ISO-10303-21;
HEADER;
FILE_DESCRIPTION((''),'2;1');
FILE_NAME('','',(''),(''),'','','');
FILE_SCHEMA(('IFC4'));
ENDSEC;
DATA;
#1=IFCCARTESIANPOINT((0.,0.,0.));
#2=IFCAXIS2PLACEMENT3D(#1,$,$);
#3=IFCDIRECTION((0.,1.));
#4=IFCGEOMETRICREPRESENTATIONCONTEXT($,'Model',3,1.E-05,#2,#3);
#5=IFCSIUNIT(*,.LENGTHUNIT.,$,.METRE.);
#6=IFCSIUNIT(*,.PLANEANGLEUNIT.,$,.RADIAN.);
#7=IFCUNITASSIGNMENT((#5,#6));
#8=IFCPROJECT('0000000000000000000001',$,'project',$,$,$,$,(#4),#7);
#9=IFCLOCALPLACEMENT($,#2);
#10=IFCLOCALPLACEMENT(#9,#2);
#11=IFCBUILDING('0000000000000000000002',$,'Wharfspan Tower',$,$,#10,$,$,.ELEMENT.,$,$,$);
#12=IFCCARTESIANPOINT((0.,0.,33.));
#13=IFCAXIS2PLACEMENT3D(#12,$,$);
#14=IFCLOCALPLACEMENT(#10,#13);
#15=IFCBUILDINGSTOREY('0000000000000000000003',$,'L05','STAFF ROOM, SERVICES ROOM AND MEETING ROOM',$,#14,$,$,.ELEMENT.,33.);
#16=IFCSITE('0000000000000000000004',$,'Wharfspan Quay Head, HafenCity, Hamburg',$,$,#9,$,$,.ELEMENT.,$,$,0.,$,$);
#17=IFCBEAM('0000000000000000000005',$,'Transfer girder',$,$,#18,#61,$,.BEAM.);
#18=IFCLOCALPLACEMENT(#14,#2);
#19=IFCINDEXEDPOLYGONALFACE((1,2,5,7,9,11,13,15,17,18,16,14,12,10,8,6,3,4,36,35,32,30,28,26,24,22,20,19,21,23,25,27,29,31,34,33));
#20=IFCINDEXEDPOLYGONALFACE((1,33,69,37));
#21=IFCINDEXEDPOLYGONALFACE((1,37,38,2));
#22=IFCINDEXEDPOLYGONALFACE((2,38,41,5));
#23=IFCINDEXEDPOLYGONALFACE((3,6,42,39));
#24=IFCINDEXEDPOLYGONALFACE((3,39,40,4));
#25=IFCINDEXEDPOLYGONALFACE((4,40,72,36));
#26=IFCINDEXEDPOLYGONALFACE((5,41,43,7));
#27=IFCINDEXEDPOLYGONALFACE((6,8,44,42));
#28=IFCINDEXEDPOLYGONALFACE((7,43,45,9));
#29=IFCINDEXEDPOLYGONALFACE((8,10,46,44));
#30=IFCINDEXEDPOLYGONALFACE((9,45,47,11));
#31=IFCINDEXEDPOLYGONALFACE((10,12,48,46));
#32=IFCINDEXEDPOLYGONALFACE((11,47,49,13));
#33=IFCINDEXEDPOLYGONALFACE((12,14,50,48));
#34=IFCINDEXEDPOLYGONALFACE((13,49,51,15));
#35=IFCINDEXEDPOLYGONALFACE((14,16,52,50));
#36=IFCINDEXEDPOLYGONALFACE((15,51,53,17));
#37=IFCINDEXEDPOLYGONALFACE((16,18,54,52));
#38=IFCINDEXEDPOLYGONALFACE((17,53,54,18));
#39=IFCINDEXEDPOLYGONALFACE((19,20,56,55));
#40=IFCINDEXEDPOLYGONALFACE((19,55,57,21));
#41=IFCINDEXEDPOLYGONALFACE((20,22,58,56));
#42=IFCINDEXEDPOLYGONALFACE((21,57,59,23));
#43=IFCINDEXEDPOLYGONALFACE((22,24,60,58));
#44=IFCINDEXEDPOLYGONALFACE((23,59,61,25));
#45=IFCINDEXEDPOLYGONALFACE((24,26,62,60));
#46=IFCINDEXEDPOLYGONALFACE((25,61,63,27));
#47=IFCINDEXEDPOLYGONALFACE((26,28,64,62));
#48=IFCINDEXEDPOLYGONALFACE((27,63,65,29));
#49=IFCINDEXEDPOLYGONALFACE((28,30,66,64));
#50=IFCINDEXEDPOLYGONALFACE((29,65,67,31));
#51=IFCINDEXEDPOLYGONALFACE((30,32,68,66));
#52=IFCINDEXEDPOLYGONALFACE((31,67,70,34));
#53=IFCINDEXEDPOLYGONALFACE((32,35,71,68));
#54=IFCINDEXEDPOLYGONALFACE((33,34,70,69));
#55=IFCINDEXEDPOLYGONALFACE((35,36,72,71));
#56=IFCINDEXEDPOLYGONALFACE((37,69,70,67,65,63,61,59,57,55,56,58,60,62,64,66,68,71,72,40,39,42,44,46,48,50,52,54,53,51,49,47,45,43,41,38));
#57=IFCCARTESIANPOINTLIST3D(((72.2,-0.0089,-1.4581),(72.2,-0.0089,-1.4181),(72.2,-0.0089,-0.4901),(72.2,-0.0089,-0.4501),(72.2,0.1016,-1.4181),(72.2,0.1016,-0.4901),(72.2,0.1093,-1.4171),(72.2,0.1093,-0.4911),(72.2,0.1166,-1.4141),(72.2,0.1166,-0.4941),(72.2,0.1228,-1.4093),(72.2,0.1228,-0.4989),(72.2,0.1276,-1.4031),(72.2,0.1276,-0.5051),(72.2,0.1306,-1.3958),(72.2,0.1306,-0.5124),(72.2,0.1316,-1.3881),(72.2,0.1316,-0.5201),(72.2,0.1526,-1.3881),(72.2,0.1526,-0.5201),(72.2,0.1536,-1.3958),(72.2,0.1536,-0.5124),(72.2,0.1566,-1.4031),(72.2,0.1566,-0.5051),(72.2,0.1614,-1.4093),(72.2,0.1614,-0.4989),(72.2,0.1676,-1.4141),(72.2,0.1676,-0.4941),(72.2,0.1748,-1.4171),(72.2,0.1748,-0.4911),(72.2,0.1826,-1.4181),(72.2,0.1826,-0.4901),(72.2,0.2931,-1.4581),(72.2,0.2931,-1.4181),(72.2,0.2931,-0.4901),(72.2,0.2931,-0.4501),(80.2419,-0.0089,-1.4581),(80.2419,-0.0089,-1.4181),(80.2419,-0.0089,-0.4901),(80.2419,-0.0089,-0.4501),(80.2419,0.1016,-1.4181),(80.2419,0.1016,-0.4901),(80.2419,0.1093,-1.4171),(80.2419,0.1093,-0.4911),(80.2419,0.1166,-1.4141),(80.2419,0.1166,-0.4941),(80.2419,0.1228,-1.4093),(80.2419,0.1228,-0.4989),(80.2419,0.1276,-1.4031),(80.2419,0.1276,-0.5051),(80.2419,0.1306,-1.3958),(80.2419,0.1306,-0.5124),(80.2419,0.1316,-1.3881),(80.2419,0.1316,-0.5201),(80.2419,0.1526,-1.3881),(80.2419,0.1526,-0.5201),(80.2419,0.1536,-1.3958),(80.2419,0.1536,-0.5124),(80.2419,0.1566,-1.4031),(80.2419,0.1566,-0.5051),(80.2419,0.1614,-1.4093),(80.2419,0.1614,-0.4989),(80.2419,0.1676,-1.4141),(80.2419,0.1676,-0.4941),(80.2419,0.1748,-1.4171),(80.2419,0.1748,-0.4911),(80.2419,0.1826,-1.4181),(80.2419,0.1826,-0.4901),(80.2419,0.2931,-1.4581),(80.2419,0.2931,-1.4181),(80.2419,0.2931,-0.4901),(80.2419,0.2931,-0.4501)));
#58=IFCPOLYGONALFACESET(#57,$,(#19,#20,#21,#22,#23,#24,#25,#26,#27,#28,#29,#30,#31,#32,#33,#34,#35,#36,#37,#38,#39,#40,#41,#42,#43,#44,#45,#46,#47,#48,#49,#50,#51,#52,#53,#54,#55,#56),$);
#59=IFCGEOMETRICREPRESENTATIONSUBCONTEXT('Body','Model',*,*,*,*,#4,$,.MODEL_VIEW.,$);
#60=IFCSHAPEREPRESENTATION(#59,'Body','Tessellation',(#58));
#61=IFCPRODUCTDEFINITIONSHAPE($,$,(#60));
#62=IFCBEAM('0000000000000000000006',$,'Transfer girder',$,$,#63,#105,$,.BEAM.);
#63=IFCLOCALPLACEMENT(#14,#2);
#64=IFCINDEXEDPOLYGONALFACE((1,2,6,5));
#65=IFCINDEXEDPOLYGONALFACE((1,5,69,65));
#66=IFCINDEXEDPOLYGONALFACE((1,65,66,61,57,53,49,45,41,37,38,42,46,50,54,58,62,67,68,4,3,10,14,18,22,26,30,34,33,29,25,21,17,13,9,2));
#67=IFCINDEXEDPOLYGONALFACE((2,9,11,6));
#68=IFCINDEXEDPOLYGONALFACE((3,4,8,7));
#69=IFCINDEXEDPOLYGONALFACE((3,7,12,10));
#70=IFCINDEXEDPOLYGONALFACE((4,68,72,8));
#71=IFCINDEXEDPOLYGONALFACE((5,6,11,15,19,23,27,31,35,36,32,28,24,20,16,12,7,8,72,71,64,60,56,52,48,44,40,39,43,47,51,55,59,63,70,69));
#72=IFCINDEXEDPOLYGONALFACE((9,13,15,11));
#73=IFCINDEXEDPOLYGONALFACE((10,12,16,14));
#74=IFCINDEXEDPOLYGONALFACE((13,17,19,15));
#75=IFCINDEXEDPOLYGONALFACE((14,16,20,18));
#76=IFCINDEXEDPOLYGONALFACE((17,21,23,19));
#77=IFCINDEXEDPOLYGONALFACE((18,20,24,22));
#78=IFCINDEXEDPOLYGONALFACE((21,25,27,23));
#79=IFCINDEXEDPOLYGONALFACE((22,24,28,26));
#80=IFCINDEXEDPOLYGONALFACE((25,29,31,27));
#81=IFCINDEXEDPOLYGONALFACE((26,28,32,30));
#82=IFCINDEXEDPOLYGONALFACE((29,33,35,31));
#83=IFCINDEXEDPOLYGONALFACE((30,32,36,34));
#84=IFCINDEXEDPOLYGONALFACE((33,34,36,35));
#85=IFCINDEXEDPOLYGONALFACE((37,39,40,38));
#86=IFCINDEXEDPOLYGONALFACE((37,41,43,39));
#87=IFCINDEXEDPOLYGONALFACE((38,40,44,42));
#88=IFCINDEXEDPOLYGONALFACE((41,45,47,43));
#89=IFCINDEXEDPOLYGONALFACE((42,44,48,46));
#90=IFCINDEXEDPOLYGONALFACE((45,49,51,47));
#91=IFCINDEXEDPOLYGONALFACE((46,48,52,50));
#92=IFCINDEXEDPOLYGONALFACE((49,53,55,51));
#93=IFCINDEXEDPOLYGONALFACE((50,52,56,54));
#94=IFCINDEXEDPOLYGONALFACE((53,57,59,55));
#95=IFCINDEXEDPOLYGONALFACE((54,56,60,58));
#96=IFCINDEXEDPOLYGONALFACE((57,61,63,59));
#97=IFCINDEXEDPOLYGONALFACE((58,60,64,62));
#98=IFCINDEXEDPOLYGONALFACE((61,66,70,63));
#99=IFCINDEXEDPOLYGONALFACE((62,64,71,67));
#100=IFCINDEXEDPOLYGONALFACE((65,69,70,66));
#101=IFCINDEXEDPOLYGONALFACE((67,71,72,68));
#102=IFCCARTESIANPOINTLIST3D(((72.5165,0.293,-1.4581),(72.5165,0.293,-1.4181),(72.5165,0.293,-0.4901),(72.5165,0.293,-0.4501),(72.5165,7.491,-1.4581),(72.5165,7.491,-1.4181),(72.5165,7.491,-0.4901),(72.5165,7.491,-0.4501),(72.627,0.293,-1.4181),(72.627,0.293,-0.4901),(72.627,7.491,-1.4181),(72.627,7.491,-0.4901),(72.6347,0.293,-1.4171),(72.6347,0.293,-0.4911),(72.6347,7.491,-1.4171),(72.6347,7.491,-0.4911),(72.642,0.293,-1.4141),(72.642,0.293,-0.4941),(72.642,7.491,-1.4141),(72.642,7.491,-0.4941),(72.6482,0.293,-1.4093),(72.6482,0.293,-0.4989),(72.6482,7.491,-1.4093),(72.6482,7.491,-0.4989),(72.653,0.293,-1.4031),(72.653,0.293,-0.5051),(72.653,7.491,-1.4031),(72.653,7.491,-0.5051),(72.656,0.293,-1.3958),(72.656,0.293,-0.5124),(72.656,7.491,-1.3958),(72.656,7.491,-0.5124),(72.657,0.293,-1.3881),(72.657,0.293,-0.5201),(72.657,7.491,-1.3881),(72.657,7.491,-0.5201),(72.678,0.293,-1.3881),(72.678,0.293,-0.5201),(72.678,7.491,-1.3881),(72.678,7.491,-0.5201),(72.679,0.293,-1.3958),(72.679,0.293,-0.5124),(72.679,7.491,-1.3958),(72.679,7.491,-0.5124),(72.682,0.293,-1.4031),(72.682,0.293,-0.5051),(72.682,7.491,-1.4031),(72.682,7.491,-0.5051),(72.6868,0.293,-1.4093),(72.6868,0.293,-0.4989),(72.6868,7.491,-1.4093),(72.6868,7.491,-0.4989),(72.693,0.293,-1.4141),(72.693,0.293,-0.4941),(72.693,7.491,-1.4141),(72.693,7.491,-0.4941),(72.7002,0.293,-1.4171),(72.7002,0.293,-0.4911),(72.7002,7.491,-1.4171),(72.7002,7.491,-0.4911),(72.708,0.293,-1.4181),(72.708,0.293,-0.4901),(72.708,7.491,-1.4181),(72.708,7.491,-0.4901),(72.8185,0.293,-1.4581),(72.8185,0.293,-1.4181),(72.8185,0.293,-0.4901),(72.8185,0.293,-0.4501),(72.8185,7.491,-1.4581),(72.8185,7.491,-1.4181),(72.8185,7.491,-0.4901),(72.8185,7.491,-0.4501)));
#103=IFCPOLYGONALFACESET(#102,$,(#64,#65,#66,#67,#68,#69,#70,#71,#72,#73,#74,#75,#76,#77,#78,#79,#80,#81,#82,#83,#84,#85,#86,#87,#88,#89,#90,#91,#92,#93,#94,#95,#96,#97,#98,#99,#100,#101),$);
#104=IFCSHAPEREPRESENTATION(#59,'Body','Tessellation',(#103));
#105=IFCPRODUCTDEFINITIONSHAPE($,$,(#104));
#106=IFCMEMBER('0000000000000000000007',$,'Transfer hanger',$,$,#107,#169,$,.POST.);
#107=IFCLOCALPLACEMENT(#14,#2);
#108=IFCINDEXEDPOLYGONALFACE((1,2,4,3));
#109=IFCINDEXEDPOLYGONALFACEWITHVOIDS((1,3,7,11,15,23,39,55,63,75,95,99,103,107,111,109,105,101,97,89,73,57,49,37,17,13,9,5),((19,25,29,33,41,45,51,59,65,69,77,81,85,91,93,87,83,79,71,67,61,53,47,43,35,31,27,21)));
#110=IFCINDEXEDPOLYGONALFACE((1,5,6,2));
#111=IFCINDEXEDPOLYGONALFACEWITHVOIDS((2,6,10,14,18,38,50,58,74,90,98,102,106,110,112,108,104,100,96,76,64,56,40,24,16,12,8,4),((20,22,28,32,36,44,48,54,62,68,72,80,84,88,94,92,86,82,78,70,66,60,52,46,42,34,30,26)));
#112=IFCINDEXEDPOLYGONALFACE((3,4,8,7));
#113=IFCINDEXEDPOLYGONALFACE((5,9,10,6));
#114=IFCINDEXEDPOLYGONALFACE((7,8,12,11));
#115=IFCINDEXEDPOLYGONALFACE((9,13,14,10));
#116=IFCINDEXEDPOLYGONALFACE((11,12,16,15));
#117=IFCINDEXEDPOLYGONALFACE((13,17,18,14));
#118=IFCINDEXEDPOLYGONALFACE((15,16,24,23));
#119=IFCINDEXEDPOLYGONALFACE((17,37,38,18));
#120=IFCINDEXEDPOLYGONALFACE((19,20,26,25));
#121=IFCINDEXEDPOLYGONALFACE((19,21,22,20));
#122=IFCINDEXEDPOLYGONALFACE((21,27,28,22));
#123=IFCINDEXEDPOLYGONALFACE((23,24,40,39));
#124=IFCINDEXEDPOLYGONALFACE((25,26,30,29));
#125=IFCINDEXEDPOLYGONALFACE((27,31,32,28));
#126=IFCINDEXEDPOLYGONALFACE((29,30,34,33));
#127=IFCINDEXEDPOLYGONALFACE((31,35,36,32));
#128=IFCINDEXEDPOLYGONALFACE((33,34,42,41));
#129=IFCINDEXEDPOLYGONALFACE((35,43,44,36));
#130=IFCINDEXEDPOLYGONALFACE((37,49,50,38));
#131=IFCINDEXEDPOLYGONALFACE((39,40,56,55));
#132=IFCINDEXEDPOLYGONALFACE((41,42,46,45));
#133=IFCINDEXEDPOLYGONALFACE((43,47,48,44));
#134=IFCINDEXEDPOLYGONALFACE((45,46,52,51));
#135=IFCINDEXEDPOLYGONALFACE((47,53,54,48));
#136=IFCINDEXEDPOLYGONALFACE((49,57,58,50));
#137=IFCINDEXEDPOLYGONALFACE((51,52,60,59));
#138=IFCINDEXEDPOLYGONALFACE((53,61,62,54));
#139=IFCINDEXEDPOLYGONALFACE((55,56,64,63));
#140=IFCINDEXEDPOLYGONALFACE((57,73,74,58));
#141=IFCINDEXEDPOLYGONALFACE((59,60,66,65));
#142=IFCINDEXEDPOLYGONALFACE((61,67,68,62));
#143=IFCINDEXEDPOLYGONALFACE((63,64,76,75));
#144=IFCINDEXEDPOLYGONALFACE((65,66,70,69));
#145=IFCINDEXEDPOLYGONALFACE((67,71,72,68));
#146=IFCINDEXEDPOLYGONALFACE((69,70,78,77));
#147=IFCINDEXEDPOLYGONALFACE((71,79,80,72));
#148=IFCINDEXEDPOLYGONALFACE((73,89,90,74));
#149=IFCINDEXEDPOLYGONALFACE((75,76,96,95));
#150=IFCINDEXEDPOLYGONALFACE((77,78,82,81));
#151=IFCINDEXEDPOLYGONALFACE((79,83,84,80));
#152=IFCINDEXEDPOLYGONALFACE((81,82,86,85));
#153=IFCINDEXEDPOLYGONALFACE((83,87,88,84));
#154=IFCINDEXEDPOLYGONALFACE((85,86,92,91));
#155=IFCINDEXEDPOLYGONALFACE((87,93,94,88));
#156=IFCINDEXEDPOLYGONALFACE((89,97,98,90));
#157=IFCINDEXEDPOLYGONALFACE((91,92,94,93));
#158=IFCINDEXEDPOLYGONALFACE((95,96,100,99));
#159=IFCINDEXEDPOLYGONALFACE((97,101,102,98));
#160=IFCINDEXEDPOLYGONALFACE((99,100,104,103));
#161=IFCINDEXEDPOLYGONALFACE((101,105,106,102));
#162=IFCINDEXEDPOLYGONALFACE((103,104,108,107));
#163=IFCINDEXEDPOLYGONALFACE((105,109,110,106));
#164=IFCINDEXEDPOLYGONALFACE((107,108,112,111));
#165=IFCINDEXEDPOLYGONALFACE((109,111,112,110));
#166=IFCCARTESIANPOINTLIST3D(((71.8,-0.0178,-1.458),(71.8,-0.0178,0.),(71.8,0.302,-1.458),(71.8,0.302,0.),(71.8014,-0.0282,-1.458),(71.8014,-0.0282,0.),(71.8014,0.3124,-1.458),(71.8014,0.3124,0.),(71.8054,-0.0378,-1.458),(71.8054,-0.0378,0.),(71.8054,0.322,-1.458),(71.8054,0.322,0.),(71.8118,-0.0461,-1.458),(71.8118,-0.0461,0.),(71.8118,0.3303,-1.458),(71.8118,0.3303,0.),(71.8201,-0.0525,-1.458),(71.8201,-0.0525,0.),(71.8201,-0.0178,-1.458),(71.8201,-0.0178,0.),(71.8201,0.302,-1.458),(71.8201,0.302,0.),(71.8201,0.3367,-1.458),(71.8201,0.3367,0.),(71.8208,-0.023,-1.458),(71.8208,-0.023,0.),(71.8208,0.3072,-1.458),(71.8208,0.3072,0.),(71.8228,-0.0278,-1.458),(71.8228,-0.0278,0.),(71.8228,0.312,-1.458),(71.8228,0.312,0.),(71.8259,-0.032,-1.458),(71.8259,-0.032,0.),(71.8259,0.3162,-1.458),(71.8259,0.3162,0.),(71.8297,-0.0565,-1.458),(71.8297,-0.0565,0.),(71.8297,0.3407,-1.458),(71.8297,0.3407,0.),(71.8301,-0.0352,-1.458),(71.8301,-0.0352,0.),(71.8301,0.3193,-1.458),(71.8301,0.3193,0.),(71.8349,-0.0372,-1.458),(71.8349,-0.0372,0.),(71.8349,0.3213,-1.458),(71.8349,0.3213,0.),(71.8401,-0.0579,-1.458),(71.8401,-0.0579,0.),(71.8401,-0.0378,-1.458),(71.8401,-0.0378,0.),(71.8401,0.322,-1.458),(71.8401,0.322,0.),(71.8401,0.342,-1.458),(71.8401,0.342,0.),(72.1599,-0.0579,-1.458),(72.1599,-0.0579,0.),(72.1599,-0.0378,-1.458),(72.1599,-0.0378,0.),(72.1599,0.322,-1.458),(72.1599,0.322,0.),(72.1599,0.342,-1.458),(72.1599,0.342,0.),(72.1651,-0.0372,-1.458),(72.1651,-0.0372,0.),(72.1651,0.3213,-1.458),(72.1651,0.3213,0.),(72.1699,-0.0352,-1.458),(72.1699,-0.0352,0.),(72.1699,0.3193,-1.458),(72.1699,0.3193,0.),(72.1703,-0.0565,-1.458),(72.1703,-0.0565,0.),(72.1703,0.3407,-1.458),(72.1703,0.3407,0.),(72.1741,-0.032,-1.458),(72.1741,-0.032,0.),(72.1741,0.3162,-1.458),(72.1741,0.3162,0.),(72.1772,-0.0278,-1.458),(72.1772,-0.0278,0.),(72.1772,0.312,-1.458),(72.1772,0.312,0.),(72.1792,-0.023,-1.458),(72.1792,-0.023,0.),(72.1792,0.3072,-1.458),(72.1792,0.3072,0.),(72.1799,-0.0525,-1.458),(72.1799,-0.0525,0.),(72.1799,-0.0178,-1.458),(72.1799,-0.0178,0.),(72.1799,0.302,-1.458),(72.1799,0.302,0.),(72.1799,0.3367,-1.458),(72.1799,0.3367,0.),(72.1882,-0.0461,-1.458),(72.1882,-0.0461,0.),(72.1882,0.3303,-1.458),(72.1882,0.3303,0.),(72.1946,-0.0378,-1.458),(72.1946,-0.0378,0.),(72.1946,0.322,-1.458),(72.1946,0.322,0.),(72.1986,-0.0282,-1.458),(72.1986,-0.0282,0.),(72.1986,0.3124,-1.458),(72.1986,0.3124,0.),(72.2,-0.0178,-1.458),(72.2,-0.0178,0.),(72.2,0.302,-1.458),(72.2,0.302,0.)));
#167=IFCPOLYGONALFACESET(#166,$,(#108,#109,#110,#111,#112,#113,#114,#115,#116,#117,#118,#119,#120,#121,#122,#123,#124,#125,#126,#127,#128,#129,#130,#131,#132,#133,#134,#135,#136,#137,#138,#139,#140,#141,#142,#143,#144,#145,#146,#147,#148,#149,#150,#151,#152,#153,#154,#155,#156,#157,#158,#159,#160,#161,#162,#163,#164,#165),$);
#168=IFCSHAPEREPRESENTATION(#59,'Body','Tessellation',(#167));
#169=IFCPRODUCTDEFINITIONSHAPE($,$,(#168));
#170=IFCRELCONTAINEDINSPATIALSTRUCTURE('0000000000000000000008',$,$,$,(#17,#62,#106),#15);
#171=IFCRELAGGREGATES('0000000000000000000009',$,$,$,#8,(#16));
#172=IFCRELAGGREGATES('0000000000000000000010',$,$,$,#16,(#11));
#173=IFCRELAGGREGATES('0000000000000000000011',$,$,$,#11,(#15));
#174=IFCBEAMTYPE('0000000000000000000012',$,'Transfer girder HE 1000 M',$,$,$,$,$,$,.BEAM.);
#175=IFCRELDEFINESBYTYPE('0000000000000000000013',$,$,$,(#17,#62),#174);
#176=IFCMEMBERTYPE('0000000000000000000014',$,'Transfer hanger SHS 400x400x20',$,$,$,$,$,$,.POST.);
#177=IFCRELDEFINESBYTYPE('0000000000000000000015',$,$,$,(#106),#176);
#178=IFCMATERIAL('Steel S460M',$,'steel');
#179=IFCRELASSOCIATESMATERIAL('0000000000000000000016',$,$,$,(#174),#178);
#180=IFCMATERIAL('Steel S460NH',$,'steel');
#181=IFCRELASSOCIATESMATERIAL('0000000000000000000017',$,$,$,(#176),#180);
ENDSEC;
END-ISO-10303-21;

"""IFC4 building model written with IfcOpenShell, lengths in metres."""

from ifc_helpers import new_model, si_unit, direction, frame, origin, origin_2d, place, context, subcontext, project, spatial, hollow_rectangle, i_section, extrude, material, material_profile, profile_set, type_object, element, save


model = new_model("IFC4")

# Units and contexts
model_context = context("Model", 3, precision=1e-05, world=origin(), true_north=direction((0.0, 1.0)))
body_context = subcontext(model_context, "Body", "Model", "MODEL_VIEW")
ifc_project = project(units=[si_unit("LENGTHUNIT", "METRE"), si_unit("PLANEANGLEUNIT", "RADIAN")], contexts=[model_context])

# Site, building, storey
site_placement = place(None, origin())
site = spatial("IfcSite", under=ifc_project, at=site_placement, Name="Wharfspan Quay Head, HafenCity, Hamburg", CompositionType="ELEMENT", RefElevation=0.0)
building_placement = place(site_placement, origin())
building = spatial("IfcBuilding", under=site, at=building_placement, Name="Wharfspan Tower", CompositionType="ELEMENT")
storey_placement = place(building_placement, frame((0.0, 0.0, 33.0)))
storey = spatial("IfcBuildingStorey", under=building, at=storey_placement, Name="L05", Description="STAFF ROOM, SERVICES ROOM AND MEETING ROOM", CompositionType="ELEMENT", Elevation=33.0)

# Beams
ifc_material_1 = material(Name="Steel S460M", Category="steel")
ifc_material_profile_1 = material_profile(ifc_material_1, i_section(OverallWidth=0.302, OverallDepth=1.0081, WebThickness=0.021, FlangeThickness=0.04, FilletRadius=0.03, at=origin_2d()))
ifc_profile_set_1 = profile_set([ifc_material_profile_1], Name="Steel S460M")
beam_type = type_object("IfcBeamType", Name="Transfer girder HE 1000 M", PredefinedType="BEAM", material=ifc_profile_set_1)
beam_1_placement = place(storey_placement, frame((72.2, 0.1421, -0.9541), z_axis=(1.0, 0.0, 0.0), x_axis=(0.0, 1.0, 0.0)))
element("IfcBeam", 1, at=beam_1_placement, inside=storey, type_object=beam_type, Name="Transfer girder", PredefinedType="BEAM", context=body_context, shape_type="SweptSolid", body=[
    extrude(i_section(OverallWidth=0.302, OverallDepth=1.0081, WebThickness=0.021, FlangeThickness=0.04, FilletRadius=0.03, at=origin_2d()), origin(), (0.0, 0.0, 1.0), 8.042),
])
beam_2_placement = place(storey_placement, frame((72.6675, 0.293, -0.9541), z_axis=(0.0, 1.0, 0.0), x_axis=(-1.0, 0.0, 0.0)))
element("IfcBeam", 2, at=beam_2_placement, inside=storey, type_object=beam_type, Name="Transfer girder", PredefinedType="BEAM", context=body_context, shape_type="SweptSolid", body=[
    extrude(i_section(OverallWidth=0.302, OverallDepth=1.0081, WebThickness=0.021, FlangeThickness=0.04, FilletRadius=0.03, at=origin_2d()), origin(), (0.0, 0.0, 1.0), 7.198),
])

# Member
ifc_material_2 = material(Name="Steel S460NH", Category="steel")
ifc_material_profile_2 = material_profile(ifc_material_2, hollow_rectangle(XDim=0.3999, YDim=0.3999, WallThickness=0.02, InnerFilletRadius=0.02, OuterFilletRadius=0.04, at=origin_2d()))
ifc_profile_set_2 = profile_set([ifc_material_profile_2], Name="Steel S460NH")
member_type_1 = type_object("IfcMemberType", Name="Transfer hanger SHS 400x400x20", PredefinedType="POST", material=ifc_profile_set_2)
member_1_placement = place(storey_placement, frame((72.0, 0.1421, -1.458), z_axis=(0.0, 0.0, 1.0), x_axis=(1.0, 0.0, 0.0)))
element("IfcMember", 3, at=member_1_placement, inside=storey, type_object=member_type_1, Name="Transfer hanger", PredefinedType="POST", context=body_context, shape_type="SweptSolid", body=[
    extrude(hollow_rectangle(XDim=0.3999, YDim=0.3999, WallThickness=0.02, InnerFilletRadius=0.02, OuterFilletRadius=0.04, at=origin_2d()), origin(), (0.0, 0.0, 1.0), 1.458),
])

save(model, "model.ifc")
